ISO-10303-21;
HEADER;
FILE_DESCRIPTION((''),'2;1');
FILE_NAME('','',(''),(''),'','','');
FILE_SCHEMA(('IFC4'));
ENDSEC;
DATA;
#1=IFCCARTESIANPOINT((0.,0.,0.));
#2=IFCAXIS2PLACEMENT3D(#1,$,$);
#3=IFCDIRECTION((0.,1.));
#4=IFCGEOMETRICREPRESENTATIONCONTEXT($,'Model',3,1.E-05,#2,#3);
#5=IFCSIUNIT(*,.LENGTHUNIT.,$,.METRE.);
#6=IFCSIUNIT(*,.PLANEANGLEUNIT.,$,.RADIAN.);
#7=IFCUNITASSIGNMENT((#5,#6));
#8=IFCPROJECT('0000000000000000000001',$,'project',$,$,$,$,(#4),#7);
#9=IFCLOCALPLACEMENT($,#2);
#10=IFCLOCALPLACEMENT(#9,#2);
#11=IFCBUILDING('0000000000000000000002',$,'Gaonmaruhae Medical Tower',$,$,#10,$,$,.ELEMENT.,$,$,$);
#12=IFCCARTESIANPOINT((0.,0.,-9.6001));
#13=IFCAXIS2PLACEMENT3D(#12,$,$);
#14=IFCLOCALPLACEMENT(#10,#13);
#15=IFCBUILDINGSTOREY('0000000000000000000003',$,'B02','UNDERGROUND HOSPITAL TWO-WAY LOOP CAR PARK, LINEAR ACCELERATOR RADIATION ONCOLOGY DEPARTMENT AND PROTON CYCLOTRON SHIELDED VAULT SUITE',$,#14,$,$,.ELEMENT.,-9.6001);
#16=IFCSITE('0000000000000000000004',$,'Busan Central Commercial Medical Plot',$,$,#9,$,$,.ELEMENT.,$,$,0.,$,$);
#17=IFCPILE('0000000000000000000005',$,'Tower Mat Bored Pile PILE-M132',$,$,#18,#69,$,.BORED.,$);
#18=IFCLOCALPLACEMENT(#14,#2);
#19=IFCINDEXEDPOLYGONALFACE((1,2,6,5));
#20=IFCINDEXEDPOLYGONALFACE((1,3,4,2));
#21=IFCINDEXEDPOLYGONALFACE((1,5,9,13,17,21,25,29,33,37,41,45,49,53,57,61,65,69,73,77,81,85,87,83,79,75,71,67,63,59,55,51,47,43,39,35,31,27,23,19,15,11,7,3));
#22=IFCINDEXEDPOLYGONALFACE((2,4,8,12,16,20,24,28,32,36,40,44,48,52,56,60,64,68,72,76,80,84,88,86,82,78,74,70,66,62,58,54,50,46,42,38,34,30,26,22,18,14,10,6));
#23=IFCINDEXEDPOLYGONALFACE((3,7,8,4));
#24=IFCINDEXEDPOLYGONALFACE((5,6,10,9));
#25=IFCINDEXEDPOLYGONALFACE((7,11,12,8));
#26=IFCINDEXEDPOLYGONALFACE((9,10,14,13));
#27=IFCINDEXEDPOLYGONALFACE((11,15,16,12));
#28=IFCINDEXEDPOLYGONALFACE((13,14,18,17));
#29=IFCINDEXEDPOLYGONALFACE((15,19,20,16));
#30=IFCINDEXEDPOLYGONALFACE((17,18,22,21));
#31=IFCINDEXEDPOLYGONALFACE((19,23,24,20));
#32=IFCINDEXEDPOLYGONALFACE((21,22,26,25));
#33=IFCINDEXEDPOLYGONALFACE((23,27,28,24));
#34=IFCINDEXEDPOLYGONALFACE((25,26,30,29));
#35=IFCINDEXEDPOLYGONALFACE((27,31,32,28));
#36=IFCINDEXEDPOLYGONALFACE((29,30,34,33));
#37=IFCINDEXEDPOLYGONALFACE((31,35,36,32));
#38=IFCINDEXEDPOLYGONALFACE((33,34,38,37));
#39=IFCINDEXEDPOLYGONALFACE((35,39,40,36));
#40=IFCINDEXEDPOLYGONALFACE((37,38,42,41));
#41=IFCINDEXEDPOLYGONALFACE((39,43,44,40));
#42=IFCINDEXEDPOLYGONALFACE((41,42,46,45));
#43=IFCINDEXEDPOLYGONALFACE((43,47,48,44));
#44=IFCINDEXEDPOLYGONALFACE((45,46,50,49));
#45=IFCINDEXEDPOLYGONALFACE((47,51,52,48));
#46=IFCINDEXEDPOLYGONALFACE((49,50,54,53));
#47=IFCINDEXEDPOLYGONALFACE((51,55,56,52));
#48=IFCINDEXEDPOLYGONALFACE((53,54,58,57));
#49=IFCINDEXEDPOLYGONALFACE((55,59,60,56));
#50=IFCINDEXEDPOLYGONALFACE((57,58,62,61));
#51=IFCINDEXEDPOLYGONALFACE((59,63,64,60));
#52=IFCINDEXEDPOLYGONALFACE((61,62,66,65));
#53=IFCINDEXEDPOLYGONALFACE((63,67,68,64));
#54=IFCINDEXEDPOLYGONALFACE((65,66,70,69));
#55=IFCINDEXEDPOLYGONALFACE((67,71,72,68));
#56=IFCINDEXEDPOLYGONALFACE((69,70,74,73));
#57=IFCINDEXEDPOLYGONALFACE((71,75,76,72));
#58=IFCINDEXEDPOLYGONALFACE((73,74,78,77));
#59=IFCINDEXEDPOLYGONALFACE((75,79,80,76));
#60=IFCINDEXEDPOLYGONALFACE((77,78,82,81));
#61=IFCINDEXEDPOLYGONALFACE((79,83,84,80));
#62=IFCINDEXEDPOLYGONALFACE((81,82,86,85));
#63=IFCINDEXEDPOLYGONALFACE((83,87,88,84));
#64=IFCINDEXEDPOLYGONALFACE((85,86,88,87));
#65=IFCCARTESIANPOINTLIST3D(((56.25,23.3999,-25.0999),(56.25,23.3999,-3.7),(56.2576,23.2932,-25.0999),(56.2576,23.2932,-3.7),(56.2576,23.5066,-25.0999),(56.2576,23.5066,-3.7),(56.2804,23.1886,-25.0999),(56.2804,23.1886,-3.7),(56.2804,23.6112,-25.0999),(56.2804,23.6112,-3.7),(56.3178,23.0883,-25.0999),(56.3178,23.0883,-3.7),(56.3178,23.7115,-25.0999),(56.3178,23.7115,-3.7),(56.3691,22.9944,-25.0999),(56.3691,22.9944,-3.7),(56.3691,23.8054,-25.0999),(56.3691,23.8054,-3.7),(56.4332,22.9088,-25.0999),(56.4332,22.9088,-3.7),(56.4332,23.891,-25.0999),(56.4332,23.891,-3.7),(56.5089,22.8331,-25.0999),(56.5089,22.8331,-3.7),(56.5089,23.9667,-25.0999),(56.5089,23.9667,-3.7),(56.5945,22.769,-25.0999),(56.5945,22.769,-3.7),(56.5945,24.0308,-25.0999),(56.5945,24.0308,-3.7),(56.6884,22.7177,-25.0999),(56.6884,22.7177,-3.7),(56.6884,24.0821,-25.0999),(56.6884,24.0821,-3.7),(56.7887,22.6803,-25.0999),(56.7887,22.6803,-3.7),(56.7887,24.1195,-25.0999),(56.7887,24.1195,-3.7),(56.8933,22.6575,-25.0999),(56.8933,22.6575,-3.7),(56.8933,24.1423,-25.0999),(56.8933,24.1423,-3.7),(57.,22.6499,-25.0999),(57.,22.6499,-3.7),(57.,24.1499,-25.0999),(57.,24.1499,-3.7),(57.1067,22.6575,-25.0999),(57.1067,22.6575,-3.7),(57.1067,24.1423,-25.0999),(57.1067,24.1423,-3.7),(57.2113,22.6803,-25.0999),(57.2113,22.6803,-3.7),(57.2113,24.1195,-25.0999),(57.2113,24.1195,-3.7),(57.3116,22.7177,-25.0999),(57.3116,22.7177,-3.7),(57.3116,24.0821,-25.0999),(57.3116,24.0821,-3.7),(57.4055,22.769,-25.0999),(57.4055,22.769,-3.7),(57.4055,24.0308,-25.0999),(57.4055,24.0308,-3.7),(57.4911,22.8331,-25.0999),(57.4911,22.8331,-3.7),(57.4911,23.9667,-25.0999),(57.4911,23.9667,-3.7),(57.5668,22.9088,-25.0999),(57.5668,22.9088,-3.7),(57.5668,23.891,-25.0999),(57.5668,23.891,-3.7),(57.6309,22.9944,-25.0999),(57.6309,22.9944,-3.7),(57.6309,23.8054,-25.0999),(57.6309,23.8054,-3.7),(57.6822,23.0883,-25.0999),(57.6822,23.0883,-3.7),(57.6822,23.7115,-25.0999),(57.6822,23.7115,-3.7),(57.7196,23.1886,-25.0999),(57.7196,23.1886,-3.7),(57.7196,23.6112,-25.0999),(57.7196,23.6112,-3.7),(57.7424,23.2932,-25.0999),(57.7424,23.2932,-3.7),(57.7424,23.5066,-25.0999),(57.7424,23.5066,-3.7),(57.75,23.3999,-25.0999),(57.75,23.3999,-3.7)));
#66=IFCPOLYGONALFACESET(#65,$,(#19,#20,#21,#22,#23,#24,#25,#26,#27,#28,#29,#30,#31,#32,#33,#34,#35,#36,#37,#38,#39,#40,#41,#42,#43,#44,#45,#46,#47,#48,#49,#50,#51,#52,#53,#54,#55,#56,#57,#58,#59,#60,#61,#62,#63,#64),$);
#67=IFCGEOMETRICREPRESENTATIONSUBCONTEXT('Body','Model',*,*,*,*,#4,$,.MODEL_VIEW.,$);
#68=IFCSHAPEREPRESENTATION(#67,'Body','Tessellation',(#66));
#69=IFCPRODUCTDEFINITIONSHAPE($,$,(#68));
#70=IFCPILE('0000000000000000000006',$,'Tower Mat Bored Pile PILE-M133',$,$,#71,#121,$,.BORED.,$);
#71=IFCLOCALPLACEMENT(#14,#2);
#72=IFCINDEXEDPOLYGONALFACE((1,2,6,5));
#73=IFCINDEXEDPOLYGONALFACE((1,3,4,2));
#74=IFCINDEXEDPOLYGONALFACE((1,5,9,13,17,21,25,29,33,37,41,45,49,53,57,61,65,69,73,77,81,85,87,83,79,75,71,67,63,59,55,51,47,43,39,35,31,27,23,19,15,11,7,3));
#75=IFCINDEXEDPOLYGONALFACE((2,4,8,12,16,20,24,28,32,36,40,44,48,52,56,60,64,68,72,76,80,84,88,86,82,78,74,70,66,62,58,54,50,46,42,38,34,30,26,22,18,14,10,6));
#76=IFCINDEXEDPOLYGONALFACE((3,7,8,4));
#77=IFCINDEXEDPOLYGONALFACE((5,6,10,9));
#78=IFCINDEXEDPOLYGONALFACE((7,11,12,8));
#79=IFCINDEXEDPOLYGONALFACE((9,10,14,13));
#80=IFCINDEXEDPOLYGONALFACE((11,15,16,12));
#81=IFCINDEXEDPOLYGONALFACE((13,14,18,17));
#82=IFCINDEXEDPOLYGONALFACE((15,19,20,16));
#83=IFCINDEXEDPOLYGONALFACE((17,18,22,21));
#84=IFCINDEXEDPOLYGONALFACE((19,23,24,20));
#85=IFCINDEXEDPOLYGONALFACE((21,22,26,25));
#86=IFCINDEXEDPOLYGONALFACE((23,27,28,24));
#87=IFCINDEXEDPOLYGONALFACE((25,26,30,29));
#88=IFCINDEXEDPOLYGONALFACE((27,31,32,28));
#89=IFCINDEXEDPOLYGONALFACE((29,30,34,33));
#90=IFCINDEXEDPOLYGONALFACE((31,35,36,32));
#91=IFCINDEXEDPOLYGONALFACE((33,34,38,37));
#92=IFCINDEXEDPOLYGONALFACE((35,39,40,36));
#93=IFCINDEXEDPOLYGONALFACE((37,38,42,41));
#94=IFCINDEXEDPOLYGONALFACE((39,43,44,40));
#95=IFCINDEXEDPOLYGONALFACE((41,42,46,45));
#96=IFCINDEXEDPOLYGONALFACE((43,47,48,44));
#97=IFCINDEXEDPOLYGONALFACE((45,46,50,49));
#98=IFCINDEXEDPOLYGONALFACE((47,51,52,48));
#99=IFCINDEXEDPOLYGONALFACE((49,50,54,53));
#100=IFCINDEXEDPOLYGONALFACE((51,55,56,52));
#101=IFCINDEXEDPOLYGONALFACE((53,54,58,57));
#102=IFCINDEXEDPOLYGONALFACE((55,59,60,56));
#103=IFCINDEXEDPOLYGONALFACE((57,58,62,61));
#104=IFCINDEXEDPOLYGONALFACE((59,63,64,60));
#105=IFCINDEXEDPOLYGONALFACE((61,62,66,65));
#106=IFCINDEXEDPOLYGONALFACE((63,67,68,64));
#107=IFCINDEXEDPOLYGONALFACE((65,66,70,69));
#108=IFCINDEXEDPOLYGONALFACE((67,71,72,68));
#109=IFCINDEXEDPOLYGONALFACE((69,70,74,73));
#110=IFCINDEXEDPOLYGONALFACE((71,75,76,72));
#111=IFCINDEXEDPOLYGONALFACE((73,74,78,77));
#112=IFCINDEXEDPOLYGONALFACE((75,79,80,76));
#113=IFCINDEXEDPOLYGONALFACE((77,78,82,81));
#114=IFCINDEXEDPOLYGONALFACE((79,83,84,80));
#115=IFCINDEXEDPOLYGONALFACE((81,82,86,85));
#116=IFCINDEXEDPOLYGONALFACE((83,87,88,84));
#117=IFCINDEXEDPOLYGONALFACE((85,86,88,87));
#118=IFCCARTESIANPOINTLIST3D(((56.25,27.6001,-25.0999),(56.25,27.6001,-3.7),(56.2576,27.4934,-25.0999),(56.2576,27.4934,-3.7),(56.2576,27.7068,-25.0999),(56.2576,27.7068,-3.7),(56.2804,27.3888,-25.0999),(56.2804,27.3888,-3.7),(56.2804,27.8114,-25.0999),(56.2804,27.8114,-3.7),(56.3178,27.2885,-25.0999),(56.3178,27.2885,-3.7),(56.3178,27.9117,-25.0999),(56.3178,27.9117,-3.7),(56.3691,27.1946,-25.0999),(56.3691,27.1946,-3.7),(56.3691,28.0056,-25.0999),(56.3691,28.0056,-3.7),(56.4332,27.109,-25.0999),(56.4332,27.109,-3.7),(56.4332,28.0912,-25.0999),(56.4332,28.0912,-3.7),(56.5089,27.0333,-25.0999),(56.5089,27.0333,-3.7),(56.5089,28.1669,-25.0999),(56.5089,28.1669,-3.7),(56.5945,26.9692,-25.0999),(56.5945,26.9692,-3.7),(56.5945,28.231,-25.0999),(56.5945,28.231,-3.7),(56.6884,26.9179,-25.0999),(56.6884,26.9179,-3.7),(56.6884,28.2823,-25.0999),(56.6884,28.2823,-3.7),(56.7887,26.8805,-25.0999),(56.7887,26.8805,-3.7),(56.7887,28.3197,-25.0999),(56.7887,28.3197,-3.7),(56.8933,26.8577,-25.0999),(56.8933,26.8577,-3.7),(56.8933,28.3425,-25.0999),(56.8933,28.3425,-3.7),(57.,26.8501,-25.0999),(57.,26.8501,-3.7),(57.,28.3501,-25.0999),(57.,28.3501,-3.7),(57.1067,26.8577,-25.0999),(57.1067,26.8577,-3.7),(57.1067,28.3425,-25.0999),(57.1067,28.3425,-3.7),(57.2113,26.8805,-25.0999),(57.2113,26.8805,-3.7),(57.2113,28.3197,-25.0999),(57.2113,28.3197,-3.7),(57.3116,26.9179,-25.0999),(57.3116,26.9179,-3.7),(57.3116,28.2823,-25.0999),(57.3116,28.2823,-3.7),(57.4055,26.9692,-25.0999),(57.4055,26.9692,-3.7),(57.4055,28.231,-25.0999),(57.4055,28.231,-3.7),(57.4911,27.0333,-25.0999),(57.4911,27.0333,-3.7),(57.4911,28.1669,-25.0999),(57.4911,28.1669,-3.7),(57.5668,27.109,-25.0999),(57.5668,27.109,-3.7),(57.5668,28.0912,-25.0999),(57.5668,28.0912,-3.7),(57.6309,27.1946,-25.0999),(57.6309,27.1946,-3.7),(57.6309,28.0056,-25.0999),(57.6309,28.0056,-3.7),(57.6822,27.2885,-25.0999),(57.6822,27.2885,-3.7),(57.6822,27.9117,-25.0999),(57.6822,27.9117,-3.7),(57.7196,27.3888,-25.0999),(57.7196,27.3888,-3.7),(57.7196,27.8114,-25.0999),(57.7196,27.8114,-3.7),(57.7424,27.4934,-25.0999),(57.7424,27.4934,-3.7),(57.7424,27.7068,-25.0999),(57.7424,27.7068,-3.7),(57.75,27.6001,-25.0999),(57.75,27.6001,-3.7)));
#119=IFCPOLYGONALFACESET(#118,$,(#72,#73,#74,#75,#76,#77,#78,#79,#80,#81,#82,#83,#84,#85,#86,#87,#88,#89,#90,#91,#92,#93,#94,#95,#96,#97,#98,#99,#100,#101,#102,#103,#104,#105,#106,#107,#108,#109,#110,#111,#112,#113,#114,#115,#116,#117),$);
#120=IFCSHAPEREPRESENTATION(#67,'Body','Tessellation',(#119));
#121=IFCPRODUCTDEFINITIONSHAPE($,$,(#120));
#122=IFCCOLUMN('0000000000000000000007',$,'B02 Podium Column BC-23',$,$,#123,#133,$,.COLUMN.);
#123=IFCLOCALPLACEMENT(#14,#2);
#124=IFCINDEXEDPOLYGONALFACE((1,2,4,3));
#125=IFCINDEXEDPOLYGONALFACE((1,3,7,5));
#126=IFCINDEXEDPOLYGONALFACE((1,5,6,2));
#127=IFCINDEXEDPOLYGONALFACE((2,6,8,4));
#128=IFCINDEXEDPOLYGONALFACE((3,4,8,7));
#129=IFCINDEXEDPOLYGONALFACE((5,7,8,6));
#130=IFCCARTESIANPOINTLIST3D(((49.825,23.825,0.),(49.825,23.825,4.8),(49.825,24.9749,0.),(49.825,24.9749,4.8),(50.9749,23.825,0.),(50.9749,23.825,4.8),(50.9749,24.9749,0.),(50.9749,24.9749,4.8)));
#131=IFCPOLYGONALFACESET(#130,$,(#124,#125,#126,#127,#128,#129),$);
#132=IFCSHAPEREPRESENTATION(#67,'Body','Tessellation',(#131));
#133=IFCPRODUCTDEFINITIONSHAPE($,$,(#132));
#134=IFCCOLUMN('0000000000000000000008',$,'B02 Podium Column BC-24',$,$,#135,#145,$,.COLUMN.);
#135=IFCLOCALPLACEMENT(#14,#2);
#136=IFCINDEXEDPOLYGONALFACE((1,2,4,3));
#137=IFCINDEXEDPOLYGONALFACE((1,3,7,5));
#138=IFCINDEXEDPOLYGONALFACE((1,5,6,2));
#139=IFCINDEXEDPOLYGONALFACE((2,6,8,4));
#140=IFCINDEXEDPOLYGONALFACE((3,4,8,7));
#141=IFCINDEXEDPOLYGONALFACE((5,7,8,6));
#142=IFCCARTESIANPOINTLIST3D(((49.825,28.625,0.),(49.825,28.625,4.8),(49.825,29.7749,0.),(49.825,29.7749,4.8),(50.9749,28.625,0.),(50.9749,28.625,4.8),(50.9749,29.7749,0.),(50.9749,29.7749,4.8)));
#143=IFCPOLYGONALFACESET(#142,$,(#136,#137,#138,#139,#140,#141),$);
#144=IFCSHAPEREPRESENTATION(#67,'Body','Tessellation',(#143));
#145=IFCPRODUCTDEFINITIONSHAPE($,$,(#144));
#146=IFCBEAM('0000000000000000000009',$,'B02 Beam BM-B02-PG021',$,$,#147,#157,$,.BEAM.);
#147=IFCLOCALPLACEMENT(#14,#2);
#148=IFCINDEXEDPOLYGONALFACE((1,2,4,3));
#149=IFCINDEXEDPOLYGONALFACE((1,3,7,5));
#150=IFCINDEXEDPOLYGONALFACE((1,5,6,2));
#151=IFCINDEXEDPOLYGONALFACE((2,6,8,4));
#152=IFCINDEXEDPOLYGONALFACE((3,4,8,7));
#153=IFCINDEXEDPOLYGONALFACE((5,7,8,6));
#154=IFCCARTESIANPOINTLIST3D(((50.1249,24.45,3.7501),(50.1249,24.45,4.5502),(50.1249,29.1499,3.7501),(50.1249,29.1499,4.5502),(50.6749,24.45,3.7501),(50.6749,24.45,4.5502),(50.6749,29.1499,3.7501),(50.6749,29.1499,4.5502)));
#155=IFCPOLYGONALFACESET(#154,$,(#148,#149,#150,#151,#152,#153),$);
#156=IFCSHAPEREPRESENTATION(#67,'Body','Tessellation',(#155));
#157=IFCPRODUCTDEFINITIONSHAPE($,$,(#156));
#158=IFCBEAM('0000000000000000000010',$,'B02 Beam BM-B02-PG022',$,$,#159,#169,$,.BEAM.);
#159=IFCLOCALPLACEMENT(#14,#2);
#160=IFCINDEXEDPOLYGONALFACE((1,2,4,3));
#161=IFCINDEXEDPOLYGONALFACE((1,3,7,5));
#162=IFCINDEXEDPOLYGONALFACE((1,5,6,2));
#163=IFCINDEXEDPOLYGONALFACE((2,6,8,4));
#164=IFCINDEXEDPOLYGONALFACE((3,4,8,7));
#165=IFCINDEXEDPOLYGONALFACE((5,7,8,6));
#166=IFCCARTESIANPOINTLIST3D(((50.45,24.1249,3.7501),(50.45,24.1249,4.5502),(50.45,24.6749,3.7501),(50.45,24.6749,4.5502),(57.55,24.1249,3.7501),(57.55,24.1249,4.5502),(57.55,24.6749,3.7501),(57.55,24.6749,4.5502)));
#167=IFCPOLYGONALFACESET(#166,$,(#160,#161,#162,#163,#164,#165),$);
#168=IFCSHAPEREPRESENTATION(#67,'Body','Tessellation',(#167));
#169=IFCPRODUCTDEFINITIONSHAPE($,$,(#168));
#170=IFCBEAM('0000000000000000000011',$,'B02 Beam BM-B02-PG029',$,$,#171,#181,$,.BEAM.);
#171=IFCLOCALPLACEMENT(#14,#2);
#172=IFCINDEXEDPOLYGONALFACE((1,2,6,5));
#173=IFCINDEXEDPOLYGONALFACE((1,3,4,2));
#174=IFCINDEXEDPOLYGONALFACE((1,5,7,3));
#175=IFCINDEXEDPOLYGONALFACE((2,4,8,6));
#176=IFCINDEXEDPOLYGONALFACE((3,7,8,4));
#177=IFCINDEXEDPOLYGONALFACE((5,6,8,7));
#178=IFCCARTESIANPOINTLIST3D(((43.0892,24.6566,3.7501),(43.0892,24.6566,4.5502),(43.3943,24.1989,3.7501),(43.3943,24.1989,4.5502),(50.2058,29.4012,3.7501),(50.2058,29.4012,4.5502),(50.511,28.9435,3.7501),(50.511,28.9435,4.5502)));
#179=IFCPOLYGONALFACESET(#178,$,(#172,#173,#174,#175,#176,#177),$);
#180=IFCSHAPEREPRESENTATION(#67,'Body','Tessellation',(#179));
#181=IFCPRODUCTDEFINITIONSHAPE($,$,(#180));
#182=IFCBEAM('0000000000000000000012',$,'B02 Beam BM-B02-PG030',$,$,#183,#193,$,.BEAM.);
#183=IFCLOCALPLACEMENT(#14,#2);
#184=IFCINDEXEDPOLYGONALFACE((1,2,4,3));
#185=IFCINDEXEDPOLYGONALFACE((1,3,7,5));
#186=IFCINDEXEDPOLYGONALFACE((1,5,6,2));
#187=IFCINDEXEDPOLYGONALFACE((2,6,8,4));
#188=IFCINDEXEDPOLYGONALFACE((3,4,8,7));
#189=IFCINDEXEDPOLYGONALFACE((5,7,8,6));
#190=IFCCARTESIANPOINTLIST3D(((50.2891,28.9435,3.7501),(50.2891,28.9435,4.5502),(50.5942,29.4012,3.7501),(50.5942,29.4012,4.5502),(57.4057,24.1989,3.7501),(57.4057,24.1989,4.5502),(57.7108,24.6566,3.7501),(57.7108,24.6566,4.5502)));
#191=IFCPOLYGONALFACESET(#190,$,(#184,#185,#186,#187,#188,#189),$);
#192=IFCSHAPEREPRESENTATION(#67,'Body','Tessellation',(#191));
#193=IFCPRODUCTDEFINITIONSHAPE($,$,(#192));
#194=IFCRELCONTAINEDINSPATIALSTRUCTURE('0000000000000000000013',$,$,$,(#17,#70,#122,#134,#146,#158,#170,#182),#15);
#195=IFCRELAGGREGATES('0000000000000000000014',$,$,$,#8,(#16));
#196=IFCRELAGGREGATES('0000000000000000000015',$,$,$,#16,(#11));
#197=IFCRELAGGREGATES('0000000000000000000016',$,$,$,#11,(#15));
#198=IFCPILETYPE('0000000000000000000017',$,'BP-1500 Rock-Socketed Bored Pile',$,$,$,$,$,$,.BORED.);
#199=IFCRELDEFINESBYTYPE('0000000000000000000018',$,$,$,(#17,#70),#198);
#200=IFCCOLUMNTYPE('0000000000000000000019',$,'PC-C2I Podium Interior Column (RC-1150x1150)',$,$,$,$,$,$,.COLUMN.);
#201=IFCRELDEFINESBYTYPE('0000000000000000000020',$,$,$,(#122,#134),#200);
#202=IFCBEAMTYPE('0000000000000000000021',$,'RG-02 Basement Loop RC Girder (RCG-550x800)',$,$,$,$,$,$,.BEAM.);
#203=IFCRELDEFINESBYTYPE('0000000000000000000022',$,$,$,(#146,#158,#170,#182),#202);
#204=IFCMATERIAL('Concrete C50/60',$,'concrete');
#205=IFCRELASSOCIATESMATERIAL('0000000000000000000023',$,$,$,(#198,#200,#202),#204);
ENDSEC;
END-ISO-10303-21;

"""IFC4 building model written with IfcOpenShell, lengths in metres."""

from ifc_helpers import new_model, si_unit, direction, frame, origin, origin_2d, place, context, subcontext, project, spatial, rectangle, circle, extrude, material, material_profile, profile_set, type_object, element, save


model = new_model("IFC4")

# Units and contexts
model_context = context("Model", 3, precision=1e-05, world=origin(), true_north=direction((0.0, 1.0)))
body_context = subcontext(model_context, "Body", "Model", "MODEL_VIEW")
ifc_project = project(units=[si_unit("LENGTHUNIT", "METRE"), si_unit("PLANEANGLEUNIT", "RADIAN")], contexts=[model_context])

# Site, building, storey
site_placement = place(None, origin())
site = spatial("IfcSite", under=ifc_project, at=site_placement, Name="Busan Central Commercial Medical Plot", CompositionType="ELEMENT", RefElevation=0.0)
building_placement = place(site_placement, origin())
building = spatial("IfcBuilding", under=site, at=building_placement, Name="Gaonmaruhae Medical Tower", CompositionType="ELEMENT")
storey_placement = place(building_placement, frame((0.0, 0.0, -9.6001)))
storey = spatial("IfcBuildingStorey", under=building, at=storey_placement, Name="B02", Description="UNDERGROUND HOSPITAL TWO-WAY LOOP CAR PARK, LINEAR ACCELERATOR RADIATION ONCOLOGY DEPARTMENT AND PROTON CYCLOTRON SHIELDED VAULT SUITE", CompositionType="ELEMENT", Elevation=-9.6001)

# Piles
ifc_material_1 = material(Name="Concrete C50/60", Category="concrete")
ifc_material_profile_1 = material_profile(ifc_material_1, circle(Radius=0.75, at=origin_2d()), Name="PILE-D1500")
ifc_profile_set_1 = profile_set([ifc_material_profile_1], Name="Concrete C50/60")
pile_type = type_object("IfcPileType", Name="BP-1500 Rock-Socketed Bored Pile", PredefinedType="BORED", material=ifc_profile_set_1)
for number, where, z_axis, x_axis, name in (
    (1, (57.0, 23.3999, -3.7), (0.0, 0.0, -1.0), (1.0, 0.0, 0.0), "Tower Mat Bored Pile PILE-M132"),
    (2, (57.0, 27.6001, -3.7), (0.0, 0.0, -1.0), (1.0, 0.0, 0.0), "Tower Mat Bored Pile PILE-M133"),
):
    element("IfcPile", number, at=place(storey_placement, frame(where, z_axis=z_axis, x_axis=x_axis)), inside=storey, type_object=pile_type, Name=name, PredefinedType="BORED", context=body_context, shape_type="SweptSolid", body=[
        extrude(circle(Radius=0.75, at=origin_2d()), origin(), (0.0, 0.0, 1.0), 21.3999),
    ])

# Columns
ifc_material_profile_2 = material_profile(ifc_material_1, rectangle(XDim=1.1499, YDim=1.1499, at=origin_2d()), Name="RC-1150x1150")
ifc_profile_set_2 = profile_set([ifc_material_profile_2], Name="Concrete C50/60")
column_type = type_object("IfcColumnType", Name="PC-C2I Podium Interior Column (RC-1150x1150)", PredefinedType="COLUMN", material=ifc_profile_set_2)
for number, where, z_axis, x_axis, name in (
    (3, (50.3999, 24.3999, 0.0), (0.0, 0.0, 1.0), (1.0, 0.0, 0.0), "B02 Podium Column BC-23"),
    (4, (50.3999, 29.2, 0.0), (0.0, 0.0, 1.0), (1.0, 0.0, 0.0), "B02 Podium Column BC-24"),
):
    element("IfcColumn", number, at=place(storey_placement, frame(where, z_axis=z_axis, x_axis=x_axis)), inside=storey, type_object=column_type, Name=name, PredefinedType="COLUMN", context=body_context, shape_type="SweptSolid", body=[
        extrude(rectangle(XDim=1.1499, YDim=1.1499, at=origin_2d()), origin(), (0.0, 0.0, 1.0), 4.8),
    ])

# Beams
ifc_material_profile_3 = material_profile(ifc_material_1, rectangle(XDim=0.55, YDim=0.8, at=origin_2d()), Name="RCG-550x800")
ifc_profile_set_3 = profile_set([ifc_material_profile_3], Name="Concrete C50/60")
beam_type = type_object("IfcBeamType", Name="RG-02 Basement Loop RC Girder (RCG-550x800)", PredefinedType="BEAM", material=ifc_profile_set_3)
beam_1_placement = place(storey_placement, frame((50.3999, 24.45, 4.1501), z_axis=(0.0, 1.0, 0.0), x_axis=(-1.0, 0.0, 0.0)))
element("IfcBeam", 5, at=beam_1_placement, inside=storey, type_object=beam_type, Name="B02 Beam BM-B02-PG021", PredefinedType="BEAM", context=body_context, shape_type="SweptSolid", body=[
    extrude(rectangle(XDim=0.55, YDim=0.8, at=origin_2d()), origin(), (0.0, 0.0, 1.0), 4.7),
])
beam_2_placement = place(storey_placement, frame((50.45, 24.3999, 4.1501), z_axis=(1.0, 0.0, 0.0), x_axis=(0.0, 1.0, 0.0)))
element("IfcBeam", 6, at=beam_2_placement, inside=storey, type_object=beam_type, Name="B02 Beam BM-B02-PG022", PredefinedType="BEAM", context=body_context, shape_type="SweptSolid", body=[
    extrude(rectangle(XDim=0.55, YDim=0.8, at=origin_2d()), origin(), (0.0, 0.0, 1.0), 7.1001),
])
for number, where, z_axis, x_axis, name in (
    (7, (50.3584, 29.1724, 4.1501), (-0.832042, -0.554713, 0.0), (0.554713, -0.832042, 0.0), "B02 Beam BM-B02-PG029"),
    (8, (50.4417, 29.1724, 4.1501), (0.832042, -0.554713, 0.0), (0.554713, 0.832042, 0.0), "B02 Beam BM-B02-PG030"),
):
    element("IfcBeam", number, at=place(storey_placement, frame(where, z_axis=z_axis, x_axis=x_axis)), inside=storey, type_object=beam_type, Name=name, PredefinedType="BEAM", context=body_context, shape_type="SweptSolid", body=[
        extrude(rectangle(XDim=0.55, YDim=0.8, at=origin_2d()), origin(), (0.0, 0.0, 1.0), 8.5532),
    ])

save(model, "model.ifc")
